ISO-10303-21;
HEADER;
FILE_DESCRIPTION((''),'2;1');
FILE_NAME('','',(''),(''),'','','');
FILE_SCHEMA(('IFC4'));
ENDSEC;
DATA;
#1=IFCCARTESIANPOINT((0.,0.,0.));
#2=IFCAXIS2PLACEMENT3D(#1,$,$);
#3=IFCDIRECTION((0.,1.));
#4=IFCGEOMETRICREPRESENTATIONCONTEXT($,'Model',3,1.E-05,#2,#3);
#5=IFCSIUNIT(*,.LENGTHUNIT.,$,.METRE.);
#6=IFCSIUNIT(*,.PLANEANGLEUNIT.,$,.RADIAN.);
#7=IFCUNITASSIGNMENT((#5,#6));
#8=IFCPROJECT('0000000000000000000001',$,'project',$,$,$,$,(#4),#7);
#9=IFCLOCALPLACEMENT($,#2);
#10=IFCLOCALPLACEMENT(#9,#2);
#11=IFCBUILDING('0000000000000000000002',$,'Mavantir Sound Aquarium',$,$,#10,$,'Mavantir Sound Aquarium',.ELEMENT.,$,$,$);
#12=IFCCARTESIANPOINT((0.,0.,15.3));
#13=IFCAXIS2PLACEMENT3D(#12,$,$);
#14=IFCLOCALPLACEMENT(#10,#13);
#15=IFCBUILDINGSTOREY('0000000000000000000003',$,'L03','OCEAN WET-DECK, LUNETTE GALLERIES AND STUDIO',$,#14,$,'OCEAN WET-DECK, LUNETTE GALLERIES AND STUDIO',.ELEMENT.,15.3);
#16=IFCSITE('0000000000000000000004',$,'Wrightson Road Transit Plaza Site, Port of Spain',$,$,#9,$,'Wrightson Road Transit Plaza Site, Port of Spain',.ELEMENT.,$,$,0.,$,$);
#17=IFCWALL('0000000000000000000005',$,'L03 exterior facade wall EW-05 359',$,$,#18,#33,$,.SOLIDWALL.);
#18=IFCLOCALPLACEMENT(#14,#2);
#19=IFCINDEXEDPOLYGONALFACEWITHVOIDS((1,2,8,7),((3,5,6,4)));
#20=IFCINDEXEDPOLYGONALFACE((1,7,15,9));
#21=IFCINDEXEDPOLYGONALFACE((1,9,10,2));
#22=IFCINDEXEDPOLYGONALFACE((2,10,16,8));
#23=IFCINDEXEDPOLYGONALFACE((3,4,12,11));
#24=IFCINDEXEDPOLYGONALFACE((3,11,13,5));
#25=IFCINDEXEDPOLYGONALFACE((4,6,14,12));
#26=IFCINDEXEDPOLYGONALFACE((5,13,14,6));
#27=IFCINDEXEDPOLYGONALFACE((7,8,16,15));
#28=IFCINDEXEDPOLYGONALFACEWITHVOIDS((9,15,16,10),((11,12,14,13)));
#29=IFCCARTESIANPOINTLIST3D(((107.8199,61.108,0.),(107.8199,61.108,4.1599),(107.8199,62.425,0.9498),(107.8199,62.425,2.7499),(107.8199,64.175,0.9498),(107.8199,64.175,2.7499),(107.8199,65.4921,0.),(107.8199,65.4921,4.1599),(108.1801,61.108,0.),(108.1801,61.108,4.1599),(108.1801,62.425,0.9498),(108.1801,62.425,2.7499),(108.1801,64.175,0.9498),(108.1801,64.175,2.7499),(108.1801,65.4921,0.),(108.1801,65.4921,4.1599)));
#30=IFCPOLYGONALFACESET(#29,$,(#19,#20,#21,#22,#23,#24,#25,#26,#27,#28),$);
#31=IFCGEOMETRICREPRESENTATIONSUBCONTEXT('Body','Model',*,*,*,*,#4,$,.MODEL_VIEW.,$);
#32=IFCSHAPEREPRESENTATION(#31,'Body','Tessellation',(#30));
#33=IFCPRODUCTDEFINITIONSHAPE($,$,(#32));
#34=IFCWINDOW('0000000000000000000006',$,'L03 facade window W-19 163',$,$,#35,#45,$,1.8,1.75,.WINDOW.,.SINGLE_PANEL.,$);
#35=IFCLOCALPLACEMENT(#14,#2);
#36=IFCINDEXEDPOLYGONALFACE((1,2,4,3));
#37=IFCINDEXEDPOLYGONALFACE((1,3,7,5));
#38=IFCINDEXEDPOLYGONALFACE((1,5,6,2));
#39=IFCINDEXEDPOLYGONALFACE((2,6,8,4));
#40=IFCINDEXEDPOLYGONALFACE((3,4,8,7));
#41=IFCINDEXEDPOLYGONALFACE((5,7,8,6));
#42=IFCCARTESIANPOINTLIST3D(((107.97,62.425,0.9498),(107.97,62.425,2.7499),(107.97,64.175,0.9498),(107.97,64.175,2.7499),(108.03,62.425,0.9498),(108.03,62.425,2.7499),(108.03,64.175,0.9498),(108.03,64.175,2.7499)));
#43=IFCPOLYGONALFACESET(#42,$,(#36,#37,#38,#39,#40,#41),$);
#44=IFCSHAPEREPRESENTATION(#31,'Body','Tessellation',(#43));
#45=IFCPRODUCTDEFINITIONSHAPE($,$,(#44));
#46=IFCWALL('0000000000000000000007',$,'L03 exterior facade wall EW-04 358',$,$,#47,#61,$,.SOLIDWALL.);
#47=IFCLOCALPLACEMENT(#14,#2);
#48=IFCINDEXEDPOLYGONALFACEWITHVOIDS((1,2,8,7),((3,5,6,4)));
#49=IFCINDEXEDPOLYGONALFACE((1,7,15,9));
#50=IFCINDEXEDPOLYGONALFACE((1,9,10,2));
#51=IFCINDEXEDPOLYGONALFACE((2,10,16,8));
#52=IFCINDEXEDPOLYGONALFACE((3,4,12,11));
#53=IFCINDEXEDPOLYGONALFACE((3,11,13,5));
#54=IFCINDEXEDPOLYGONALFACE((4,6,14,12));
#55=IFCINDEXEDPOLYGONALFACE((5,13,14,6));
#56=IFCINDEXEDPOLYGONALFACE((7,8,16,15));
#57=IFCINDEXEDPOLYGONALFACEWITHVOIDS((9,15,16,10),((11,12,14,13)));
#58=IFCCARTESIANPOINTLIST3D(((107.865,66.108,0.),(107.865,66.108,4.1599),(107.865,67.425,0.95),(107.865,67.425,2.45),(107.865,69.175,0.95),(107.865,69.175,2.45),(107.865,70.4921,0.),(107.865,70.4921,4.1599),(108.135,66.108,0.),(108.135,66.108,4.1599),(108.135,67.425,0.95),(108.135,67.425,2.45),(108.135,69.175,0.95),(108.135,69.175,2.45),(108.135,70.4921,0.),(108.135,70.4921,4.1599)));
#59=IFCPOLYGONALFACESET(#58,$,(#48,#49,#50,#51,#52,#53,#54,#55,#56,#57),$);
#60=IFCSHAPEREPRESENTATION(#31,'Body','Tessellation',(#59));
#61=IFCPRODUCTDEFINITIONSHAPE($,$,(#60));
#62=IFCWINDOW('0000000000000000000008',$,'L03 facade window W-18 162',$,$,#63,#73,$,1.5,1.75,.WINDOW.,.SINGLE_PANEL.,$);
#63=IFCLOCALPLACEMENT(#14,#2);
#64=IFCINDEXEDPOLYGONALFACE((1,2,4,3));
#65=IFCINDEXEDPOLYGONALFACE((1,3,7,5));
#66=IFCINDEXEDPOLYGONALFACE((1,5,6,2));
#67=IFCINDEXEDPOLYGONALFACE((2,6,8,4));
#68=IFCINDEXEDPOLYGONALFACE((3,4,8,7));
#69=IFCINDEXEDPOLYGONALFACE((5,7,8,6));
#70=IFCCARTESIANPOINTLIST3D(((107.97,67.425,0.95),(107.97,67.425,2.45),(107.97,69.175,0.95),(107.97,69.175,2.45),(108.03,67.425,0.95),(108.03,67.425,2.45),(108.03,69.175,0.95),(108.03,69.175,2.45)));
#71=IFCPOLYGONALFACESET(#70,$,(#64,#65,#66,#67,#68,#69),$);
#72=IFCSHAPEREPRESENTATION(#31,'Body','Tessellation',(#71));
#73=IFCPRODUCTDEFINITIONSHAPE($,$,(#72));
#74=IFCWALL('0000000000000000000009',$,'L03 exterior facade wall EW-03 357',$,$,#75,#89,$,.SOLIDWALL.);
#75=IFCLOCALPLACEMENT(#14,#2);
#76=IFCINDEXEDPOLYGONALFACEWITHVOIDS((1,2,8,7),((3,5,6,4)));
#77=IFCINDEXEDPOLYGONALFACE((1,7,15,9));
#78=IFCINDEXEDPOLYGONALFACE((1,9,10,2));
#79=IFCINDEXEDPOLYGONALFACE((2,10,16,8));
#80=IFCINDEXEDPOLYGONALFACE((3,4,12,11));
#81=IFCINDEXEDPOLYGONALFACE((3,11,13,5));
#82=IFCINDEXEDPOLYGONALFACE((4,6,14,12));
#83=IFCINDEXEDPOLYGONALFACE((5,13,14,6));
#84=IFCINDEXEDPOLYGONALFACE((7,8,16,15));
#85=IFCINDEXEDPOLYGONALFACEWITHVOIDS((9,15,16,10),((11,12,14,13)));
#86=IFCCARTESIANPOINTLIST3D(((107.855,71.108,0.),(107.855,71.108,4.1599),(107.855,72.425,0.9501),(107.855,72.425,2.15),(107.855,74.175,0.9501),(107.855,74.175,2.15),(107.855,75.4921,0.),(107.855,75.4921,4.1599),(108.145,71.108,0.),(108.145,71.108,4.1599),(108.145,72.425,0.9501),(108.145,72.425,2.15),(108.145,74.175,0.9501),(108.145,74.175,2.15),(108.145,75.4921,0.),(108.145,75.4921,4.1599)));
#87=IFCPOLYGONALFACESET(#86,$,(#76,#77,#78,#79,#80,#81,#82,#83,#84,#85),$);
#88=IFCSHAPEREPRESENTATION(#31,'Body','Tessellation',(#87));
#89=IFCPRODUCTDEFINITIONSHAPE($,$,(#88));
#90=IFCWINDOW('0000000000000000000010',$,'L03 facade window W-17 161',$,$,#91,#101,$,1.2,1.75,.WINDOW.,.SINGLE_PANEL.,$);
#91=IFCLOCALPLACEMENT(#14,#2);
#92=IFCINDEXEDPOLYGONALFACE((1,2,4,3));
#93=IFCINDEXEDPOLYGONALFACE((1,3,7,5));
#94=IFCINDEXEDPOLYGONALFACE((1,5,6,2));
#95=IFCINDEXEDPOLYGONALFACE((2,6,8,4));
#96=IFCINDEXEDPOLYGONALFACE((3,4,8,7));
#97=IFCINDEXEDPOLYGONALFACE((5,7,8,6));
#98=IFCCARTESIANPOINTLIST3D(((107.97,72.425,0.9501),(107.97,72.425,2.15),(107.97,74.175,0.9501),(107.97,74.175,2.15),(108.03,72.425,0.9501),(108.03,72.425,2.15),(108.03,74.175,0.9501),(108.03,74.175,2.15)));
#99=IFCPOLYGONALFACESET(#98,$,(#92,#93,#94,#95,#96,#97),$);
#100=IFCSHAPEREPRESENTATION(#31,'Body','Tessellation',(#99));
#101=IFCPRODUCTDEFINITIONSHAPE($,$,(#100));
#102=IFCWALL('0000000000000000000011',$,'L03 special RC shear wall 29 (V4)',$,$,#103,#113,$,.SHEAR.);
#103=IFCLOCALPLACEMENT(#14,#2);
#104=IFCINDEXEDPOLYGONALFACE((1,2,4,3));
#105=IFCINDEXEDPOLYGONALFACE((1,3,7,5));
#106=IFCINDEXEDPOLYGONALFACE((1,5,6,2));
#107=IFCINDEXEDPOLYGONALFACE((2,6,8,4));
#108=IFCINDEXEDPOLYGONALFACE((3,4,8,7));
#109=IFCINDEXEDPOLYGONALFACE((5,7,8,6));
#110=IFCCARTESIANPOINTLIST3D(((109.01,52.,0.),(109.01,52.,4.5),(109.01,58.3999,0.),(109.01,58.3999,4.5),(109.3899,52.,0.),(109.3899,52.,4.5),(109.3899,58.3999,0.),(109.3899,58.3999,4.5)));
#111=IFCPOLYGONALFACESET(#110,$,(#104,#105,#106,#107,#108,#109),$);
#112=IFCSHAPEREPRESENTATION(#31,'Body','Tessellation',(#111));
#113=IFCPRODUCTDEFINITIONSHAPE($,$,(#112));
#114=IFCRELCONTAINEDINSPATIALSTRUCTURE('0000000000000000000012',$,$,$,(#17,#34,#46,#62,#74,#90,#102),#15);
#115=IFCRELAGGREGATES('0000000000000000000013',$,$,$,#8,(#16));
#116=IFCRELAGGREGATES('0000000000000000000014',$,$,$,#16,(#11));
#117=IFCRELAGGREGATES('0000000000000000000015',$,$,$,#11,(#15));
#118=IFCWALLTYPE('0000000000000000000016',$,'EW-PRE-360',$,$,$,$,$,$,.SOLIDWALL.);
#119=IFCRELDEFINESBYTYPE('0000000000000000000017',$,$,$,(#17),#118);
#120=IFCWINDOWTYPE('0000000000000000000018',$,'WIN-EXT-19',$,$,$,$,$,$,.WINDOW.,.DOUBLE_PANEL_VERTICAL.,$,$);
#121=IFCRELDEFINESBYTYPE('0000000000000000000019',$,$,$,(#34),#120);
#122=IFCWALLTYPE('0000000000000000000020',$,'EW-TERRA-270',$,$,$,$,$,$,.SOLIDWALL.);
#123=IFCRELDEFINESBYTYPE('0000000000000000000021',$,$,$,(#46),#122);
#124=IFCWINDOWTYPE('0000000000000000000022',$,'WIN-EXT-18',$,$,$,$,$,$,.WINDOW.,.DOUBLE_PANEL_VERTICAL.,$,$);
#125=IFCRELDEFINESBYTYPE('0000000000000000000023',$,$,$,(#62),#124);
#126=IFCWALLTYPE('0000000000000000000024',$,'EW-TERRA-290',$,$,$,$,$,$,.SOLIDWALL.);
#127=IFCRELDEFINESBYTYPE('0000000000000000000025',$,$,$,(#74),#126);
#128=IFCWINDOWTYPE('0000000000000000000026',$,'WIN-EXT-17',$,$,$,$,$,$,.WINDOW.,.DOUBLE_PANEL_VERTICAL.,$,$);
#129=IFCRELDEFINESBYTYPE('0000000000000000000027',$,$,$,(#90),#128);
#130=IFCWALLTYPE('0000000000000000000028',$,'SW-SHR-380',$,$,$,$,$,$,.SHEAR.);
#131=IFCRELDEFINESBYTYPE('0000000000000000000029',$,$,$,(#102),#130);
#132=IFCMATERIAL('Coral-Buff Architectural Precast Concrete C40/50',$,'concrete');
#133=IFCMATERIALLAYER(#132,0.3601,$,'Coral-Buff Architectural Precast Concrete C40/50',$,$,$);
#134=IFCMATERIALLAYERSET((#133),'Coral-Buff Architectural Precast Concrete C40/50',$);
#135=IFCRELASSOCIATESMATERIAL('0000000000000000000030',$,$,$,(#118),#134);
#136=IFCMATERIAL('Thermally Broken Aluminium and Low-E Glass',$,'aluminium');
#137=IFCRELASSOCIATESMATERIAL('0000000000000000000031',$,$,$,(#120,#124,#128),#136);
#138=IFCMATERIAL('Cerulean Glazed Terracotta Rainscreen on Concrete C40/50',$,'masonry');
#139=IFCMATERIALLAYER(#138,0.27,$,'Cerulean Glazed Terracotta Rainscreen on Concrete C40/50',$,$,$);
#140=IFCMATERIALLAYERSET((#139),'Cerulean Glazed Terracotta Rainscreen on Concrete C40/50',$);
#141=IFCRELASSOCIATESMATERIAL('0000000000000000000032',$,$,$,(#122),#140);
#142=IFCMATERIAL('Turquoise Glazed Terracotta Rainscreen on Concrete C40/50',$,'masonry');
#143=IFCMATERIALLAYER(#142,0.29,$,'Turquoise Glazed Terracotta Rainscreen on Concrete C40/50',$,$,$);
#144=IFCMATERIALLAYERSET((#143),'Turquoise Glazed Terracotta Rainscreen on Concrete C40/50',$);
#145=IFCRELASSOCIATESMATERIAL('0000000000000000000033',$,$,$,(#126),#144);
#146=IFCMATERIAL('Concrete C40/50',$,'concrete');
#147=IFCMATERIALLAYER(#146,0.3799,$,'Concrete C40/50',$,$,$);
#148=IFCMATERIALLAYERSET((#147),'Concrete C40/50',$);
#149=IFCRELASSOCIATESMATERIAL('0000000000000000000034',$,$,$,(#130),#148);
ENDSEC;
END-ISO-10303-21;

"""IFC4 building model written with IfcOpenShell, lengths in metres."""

from ifc_helpers import new_model, si_unit, direction, frame, frame_2d, origin, place, context, subcontext, project, spatial, rectangle, extrude, material, layer, layer_set, type_object, element, fill, save


model = new_model("IFC4")

# Units and contexts
model_context = context("Model", 3, precision=1e-05, world=origin(), true_north=direction((0.0, 1.0)))
body_context = subcontext(model_context, "Body", "Model", "MODEL_VIEW")
ifc_project = project(units=[si_unit("LENGTHUNIT", "METRE"), si_unit("PLANEANGLEUNIT", "RADIAN")], contexts=[model_context])

# Site, building, storey
site_placement = place(None, origin())
site = spatial("IfcSite", under=ifc_project, at=site_placement, Name="Wrightson Road Transit Plaza Site, Port of Spain", LongName="Wrightson Road Transit Plaza Site, Port of Spain", CompositionType="ELEMENT", RefElevation=0.0)
building_placement = place(site_placement, origin())
building = spatial("IfcBuilding", under=site, at=building_placement, Name="Mavantir Sound Aquarium", LongName="Mavantir Sound Aquarium", CompositionType="ELEMENT")
storey_placement = place(building_placement, frame((0.0, 0.0, 15.3)))
storey = spatial("IfcBuildingStorey", under=building, at=storey_placement, Name="L03", Description="OCEAN WET-DECK, LUNETTE GALLERIES AND STUDIO", LongName="OCEAN WET-DECK, LUNETTE GALLERIES AND STUDIO", CompositionType="ELEMENT", Elevation=15.3)

# Shared definitions
ifc_material_1 = material(Name="Concrete C40/50", Category="concrete")

# Walls, openings, windows
ifc_material_2 = material(Name="Coral-Buff Architectural Precast Concrete C40/50", Category="concrete")
ifc_material_3 = material(Name="Thermally Broken Aluminium and Low-E Glass", Category="aluminium")
ifc_layer_1 = layer(ifc_material_2, 0.3601, Name="Coral-Buff Architectural Precast Concrete C40/50")
ifc_layer_set_1 = layer_set([ifc_layer_1], Name="Coral-Buff Architectural Precast Concrete C40/50")
wall_type_1 = type_object("IfcWallType", Name="EW-PRE-360", PredefinedType="SOLIDWALL", material=ifc_layer_set_1)
wall_1_placement = place(storey_placement, frame((108.0, 65.4919, 0.0), z_axis=(0.0, 0.0, 1.0), x_axis=(0.0, -1.0, 0.0)))
wall_1 = element("IfcWall", 1, at=wall_1_placement, inside=storey, type_object=wall_type_1, Name="L03 exterior facade wall EW-05 359", PredefinedType="SOLIDWALL", context=body_context, shape_type="SweptSolid", body=[
    extrude(rectangle(XDim=4.384, YDim=0.3601, at=frame_2d((2.1919, 0.0))), origin(), (0.0, 0.0, 1.0), 4.1599),
])
opening_1_placement = place(wall_1_placement, frame((1.3169, 0.0, 0.95)))
opening_1 = element("IfcOpeningElement", 2, at=opening_1_placement, cuts=wall_1, PredefinedType="OPENING", context=body_context, shape_type="SweptSolid", body=[
    extrude(rectangle(XDim=1.75, YDim=1.8, at=frame_2d((0.875, 0.8999))), frame((0.0, 0.1899, 0.0), z_axis=(0.0, -1.0, 0.0), x_axis=(1.0, 0.0, 0.0)), (0.0, 0.0, 1.0), 0.3801),
])
window_type_1 = type_object("IfcWindowType", Name="WIN-EXT-19", PartitioningType="DOUBLE_PANEL_VERTICAL", PredefinedType="WINDOW", material=ifc_material_3)
window_1_placement = place(opening_1_placement, origin())
window_1 = element("IfcWindow", 3, at=window_1_placement, inside=storey, type_object=window_type_1, Name="L03 facade window W-19 163", OverallHeight=1.8, OverallWidth=1.75, PartitioningType="SINGLE_PANEL", PredefinedType="WINDOW", context=body_context, shape_type="SweptSolid", body=[
    extrude(rectangle(XDim=1.75, YDim=1.8, at=frame_2d((0.875, 0.8999))), frame((0.0, 0.03, 0.0), z_axis=(0.0, -1.0, 0.0), x_axis=(1.0, 0.0, 0.0)), (0.0, 0.0, 1.0), 0.0601),
])
fill(opening_1, window_1)
ifc_material_4 = material(Name="Cerulean Glazed Terracotta Rainscreen on Concrete C40/50", Category="masonry")
ifc_layer_2 = layer(ifc_material_4, 0.27, Name="Cerulean Glazed Terracotta Rainscreen on Concrete C40/50")
ifc_layer_set_2 = layer_set([ifc_layer_2], Name="Cerulean Glazed Terracotta Rainscreen on Concrete C40/50")
wall_type_2 = type_object("IfcWallType", Name="EW-TERRA-270", PredefinedType="SOLIDWALL", material=ifc_layer_set_2)
wall_2_placement = place(storey_placement, frame((108.0, 70.4919, 0.0), z_axis=(0.0, 0.0, 1.0), x_axis=(0.0, -1.0, 0.0)))
wall_2 = element("IfcWall", 4, at=wall_2_placement, inside=storey, type_object=wall_type_2, Name="L03 exterior facade wall EW-04 358", PredefinedType="SOLIDWALL", context=body_context, shape_type="SweptSolid", body=[
    extrude(rectangle(XDim=4.384, YDim=0.27, at=frame_2d((2.1919, 0.0))), origin(), (0.0, 0.0, 1.0), 4.1599),
])
opening_2_placement = place(wall_2_placement, frame((1.3169, 0.0, 0.95)))
opening_2 = element("IfcOpeningElement", 5, at=opening_2_placement, cuts=wall_2, PredefinedType="OPENING", context=body_context, shape_type="SweptSolid", body=[
    extrude(rectangle(XDim=1.75, YDim=1.5, at=frame_2d((0.875, 0.75))), frame((0.0, 0.145, 0.0), z_axis=(0.0, -1.0, 0.0), x_axis=(1.0, 0.0, 0.0)), (0.0, 0.0, 1.0), 0.29),
])
window_type_2 = type_object("IfcWindowType", Name="WIN-EXT-18", PartitioningType="DOUBLE_PANEL_VERTICAL", PredefinedType="WINDOW", material=ifc_material_3)
window_2_placement = place(opening_2_placement, origin())
window_2 = element("IfcWindow", 6, at=window_2_placement, inside=storey, type_object=window_type_2, Name="L03 facade window W-18 162", OverallHeight=1.5, OverallWidth=1.75, PartitioningType="SINGLE_PANEL", PredefinedType="WINDOW", context=body_context, shape_type="SweptSolid", body=[
    extrude(rectangle(XDim=1.75, YDim=1.5, at=frame_2d((0.875, 0.75))), frame((0.0, 0.03, 0.0), z_axis=(0.0, -1.0, 0.0), x_axis=(1.0, 0.0, 0.0)), (0.0, 0.0, 1.0), 0.0601),
])
fill(opening_2, window_2)
ifc_material_5 = material(Name="Turquoise Glazed Terracotta Rainscreen on Concrete C40/50", Category="masonry")
ifc_layer_3 = layer(ifc_material_5, 0.29, Name="Turquoise Glazed Terracotta Rainscreen on Concrete C40/50")
ifc_layer_set_3 = layer_set([ifc_layer_3], Name="Turquoise Glazed Terracotta Rainscreen on Concrete C40/50")
wall_type_3 = type_object("IfcWallType", Name="EW-TERRA-290", PredefinedType="SOLIDWALL", material=ifc_layer_set_3)
wall_3_placement = place(storey_placement, frame((108.0, 75.4919, 0.0), z_axis=(0.0, 0.0, 1.0), x_axis=(0.0, -1.0, 0.0)))
wall_3 = element("IfcWall", 7, at=wall_3_placement, inside=storey, type_object=wall_type_3, Name="L03 exterior facade wall EW-03 357", PredefinedType="SOLIDWALL", context=body_context, shape_type="SweptSolid", body=[
    extrude(rectangle(XDim=4.384, YDim=0.29, at=frame_2d((2.1919, 0.0))), origin(), (0.0, 0.0, 1.0), 4.1599),
])
opening_3_placement = place(wall_3_placement, frame((1.3169, 0.0, 0.95)))
opening_3 = element("IfcOpeningElement", 8, at=opening_3_placement, cuts=wall_3, PredefinedType="OPENING", context=body_context, shape_type="SweptSolid", body=[
    extrude(rectangle(XDim=1.75, YDim=1.2, at=frame_2d((0.875, 0.6001))), frame((0.0, 0.155, 0.0), z_axis=(0.0, -1.0, 0.0), x_axis=(1.0, 0.0, 0.0)), (0.0, 0.0, 1.0), 0.3101),
])
window_type_3 = type_object("IfcWindowType", Name="WIN-EXT-17", PartitioningType="DOUBLE_PANEL_VERTICAL", PredefinedType="WINDOW", material=ifc_material_3)
window_3_placement = place(opening_3_placement, origin())
window_3 = element("IfcWindow", 9, at=window_3_placement, inside=storey, type_object=window_type_3, Name="L03 facade window W-17 161", OverallHeight=1.2, OverallWidth=1.75, PartitioningType="SINGLE_PANEL", PredefinedType="WINDOW", context=body_context, shape_type="SweptSolid", body=[
    extrude(rectangle(XDim=1.75, YDim=1.2, at=frame_2d((0.875, 0.6001))), frame((0.0, 0.03, 0.0), z_axis=(0.0, -1.0, 0.0), x_axis=(1.0, 0.0, 0.0)), (0.0, 0.0, 1.0), 0.0601),
])
fill(opening_3, window_3)

# Wall
ifc_layer_4 = layer(ifc_material_1, 0.3799, Name="Concrete C40/50")
ifc_layer_set_4 = layer_set([ifc_layer_4], Name="Concrete C40/50")
wall_type_4 = type_object("IfcWallType", Name="SW-SHR-380", PredefinedType="SHEAR", material=ifc_layer_set_4)
wall_4_placement = place(storey_placement, frame((109.2, 52.0, 0.0), z_axis=(0.0, 0.0, 1.0), x_axis=(0.0, 1.0, 0.0)))
element("IfcWall", 10, at=wall_4_placement, inside=storey, type_object=wall_type_4, Name="L03 special RC shear wall 29 (V4)", PredefinedType="SHEAR", context=body_context, shape_type="SweptSolid", body=[
    extrude(rectangle(XDim=6.3999, YDim=0.3799, at=frame_2d((3.2, 0.0))), origin(), (0.0, 0.0, 1.0), 4.5),
])

save(model, "model.ifc")
